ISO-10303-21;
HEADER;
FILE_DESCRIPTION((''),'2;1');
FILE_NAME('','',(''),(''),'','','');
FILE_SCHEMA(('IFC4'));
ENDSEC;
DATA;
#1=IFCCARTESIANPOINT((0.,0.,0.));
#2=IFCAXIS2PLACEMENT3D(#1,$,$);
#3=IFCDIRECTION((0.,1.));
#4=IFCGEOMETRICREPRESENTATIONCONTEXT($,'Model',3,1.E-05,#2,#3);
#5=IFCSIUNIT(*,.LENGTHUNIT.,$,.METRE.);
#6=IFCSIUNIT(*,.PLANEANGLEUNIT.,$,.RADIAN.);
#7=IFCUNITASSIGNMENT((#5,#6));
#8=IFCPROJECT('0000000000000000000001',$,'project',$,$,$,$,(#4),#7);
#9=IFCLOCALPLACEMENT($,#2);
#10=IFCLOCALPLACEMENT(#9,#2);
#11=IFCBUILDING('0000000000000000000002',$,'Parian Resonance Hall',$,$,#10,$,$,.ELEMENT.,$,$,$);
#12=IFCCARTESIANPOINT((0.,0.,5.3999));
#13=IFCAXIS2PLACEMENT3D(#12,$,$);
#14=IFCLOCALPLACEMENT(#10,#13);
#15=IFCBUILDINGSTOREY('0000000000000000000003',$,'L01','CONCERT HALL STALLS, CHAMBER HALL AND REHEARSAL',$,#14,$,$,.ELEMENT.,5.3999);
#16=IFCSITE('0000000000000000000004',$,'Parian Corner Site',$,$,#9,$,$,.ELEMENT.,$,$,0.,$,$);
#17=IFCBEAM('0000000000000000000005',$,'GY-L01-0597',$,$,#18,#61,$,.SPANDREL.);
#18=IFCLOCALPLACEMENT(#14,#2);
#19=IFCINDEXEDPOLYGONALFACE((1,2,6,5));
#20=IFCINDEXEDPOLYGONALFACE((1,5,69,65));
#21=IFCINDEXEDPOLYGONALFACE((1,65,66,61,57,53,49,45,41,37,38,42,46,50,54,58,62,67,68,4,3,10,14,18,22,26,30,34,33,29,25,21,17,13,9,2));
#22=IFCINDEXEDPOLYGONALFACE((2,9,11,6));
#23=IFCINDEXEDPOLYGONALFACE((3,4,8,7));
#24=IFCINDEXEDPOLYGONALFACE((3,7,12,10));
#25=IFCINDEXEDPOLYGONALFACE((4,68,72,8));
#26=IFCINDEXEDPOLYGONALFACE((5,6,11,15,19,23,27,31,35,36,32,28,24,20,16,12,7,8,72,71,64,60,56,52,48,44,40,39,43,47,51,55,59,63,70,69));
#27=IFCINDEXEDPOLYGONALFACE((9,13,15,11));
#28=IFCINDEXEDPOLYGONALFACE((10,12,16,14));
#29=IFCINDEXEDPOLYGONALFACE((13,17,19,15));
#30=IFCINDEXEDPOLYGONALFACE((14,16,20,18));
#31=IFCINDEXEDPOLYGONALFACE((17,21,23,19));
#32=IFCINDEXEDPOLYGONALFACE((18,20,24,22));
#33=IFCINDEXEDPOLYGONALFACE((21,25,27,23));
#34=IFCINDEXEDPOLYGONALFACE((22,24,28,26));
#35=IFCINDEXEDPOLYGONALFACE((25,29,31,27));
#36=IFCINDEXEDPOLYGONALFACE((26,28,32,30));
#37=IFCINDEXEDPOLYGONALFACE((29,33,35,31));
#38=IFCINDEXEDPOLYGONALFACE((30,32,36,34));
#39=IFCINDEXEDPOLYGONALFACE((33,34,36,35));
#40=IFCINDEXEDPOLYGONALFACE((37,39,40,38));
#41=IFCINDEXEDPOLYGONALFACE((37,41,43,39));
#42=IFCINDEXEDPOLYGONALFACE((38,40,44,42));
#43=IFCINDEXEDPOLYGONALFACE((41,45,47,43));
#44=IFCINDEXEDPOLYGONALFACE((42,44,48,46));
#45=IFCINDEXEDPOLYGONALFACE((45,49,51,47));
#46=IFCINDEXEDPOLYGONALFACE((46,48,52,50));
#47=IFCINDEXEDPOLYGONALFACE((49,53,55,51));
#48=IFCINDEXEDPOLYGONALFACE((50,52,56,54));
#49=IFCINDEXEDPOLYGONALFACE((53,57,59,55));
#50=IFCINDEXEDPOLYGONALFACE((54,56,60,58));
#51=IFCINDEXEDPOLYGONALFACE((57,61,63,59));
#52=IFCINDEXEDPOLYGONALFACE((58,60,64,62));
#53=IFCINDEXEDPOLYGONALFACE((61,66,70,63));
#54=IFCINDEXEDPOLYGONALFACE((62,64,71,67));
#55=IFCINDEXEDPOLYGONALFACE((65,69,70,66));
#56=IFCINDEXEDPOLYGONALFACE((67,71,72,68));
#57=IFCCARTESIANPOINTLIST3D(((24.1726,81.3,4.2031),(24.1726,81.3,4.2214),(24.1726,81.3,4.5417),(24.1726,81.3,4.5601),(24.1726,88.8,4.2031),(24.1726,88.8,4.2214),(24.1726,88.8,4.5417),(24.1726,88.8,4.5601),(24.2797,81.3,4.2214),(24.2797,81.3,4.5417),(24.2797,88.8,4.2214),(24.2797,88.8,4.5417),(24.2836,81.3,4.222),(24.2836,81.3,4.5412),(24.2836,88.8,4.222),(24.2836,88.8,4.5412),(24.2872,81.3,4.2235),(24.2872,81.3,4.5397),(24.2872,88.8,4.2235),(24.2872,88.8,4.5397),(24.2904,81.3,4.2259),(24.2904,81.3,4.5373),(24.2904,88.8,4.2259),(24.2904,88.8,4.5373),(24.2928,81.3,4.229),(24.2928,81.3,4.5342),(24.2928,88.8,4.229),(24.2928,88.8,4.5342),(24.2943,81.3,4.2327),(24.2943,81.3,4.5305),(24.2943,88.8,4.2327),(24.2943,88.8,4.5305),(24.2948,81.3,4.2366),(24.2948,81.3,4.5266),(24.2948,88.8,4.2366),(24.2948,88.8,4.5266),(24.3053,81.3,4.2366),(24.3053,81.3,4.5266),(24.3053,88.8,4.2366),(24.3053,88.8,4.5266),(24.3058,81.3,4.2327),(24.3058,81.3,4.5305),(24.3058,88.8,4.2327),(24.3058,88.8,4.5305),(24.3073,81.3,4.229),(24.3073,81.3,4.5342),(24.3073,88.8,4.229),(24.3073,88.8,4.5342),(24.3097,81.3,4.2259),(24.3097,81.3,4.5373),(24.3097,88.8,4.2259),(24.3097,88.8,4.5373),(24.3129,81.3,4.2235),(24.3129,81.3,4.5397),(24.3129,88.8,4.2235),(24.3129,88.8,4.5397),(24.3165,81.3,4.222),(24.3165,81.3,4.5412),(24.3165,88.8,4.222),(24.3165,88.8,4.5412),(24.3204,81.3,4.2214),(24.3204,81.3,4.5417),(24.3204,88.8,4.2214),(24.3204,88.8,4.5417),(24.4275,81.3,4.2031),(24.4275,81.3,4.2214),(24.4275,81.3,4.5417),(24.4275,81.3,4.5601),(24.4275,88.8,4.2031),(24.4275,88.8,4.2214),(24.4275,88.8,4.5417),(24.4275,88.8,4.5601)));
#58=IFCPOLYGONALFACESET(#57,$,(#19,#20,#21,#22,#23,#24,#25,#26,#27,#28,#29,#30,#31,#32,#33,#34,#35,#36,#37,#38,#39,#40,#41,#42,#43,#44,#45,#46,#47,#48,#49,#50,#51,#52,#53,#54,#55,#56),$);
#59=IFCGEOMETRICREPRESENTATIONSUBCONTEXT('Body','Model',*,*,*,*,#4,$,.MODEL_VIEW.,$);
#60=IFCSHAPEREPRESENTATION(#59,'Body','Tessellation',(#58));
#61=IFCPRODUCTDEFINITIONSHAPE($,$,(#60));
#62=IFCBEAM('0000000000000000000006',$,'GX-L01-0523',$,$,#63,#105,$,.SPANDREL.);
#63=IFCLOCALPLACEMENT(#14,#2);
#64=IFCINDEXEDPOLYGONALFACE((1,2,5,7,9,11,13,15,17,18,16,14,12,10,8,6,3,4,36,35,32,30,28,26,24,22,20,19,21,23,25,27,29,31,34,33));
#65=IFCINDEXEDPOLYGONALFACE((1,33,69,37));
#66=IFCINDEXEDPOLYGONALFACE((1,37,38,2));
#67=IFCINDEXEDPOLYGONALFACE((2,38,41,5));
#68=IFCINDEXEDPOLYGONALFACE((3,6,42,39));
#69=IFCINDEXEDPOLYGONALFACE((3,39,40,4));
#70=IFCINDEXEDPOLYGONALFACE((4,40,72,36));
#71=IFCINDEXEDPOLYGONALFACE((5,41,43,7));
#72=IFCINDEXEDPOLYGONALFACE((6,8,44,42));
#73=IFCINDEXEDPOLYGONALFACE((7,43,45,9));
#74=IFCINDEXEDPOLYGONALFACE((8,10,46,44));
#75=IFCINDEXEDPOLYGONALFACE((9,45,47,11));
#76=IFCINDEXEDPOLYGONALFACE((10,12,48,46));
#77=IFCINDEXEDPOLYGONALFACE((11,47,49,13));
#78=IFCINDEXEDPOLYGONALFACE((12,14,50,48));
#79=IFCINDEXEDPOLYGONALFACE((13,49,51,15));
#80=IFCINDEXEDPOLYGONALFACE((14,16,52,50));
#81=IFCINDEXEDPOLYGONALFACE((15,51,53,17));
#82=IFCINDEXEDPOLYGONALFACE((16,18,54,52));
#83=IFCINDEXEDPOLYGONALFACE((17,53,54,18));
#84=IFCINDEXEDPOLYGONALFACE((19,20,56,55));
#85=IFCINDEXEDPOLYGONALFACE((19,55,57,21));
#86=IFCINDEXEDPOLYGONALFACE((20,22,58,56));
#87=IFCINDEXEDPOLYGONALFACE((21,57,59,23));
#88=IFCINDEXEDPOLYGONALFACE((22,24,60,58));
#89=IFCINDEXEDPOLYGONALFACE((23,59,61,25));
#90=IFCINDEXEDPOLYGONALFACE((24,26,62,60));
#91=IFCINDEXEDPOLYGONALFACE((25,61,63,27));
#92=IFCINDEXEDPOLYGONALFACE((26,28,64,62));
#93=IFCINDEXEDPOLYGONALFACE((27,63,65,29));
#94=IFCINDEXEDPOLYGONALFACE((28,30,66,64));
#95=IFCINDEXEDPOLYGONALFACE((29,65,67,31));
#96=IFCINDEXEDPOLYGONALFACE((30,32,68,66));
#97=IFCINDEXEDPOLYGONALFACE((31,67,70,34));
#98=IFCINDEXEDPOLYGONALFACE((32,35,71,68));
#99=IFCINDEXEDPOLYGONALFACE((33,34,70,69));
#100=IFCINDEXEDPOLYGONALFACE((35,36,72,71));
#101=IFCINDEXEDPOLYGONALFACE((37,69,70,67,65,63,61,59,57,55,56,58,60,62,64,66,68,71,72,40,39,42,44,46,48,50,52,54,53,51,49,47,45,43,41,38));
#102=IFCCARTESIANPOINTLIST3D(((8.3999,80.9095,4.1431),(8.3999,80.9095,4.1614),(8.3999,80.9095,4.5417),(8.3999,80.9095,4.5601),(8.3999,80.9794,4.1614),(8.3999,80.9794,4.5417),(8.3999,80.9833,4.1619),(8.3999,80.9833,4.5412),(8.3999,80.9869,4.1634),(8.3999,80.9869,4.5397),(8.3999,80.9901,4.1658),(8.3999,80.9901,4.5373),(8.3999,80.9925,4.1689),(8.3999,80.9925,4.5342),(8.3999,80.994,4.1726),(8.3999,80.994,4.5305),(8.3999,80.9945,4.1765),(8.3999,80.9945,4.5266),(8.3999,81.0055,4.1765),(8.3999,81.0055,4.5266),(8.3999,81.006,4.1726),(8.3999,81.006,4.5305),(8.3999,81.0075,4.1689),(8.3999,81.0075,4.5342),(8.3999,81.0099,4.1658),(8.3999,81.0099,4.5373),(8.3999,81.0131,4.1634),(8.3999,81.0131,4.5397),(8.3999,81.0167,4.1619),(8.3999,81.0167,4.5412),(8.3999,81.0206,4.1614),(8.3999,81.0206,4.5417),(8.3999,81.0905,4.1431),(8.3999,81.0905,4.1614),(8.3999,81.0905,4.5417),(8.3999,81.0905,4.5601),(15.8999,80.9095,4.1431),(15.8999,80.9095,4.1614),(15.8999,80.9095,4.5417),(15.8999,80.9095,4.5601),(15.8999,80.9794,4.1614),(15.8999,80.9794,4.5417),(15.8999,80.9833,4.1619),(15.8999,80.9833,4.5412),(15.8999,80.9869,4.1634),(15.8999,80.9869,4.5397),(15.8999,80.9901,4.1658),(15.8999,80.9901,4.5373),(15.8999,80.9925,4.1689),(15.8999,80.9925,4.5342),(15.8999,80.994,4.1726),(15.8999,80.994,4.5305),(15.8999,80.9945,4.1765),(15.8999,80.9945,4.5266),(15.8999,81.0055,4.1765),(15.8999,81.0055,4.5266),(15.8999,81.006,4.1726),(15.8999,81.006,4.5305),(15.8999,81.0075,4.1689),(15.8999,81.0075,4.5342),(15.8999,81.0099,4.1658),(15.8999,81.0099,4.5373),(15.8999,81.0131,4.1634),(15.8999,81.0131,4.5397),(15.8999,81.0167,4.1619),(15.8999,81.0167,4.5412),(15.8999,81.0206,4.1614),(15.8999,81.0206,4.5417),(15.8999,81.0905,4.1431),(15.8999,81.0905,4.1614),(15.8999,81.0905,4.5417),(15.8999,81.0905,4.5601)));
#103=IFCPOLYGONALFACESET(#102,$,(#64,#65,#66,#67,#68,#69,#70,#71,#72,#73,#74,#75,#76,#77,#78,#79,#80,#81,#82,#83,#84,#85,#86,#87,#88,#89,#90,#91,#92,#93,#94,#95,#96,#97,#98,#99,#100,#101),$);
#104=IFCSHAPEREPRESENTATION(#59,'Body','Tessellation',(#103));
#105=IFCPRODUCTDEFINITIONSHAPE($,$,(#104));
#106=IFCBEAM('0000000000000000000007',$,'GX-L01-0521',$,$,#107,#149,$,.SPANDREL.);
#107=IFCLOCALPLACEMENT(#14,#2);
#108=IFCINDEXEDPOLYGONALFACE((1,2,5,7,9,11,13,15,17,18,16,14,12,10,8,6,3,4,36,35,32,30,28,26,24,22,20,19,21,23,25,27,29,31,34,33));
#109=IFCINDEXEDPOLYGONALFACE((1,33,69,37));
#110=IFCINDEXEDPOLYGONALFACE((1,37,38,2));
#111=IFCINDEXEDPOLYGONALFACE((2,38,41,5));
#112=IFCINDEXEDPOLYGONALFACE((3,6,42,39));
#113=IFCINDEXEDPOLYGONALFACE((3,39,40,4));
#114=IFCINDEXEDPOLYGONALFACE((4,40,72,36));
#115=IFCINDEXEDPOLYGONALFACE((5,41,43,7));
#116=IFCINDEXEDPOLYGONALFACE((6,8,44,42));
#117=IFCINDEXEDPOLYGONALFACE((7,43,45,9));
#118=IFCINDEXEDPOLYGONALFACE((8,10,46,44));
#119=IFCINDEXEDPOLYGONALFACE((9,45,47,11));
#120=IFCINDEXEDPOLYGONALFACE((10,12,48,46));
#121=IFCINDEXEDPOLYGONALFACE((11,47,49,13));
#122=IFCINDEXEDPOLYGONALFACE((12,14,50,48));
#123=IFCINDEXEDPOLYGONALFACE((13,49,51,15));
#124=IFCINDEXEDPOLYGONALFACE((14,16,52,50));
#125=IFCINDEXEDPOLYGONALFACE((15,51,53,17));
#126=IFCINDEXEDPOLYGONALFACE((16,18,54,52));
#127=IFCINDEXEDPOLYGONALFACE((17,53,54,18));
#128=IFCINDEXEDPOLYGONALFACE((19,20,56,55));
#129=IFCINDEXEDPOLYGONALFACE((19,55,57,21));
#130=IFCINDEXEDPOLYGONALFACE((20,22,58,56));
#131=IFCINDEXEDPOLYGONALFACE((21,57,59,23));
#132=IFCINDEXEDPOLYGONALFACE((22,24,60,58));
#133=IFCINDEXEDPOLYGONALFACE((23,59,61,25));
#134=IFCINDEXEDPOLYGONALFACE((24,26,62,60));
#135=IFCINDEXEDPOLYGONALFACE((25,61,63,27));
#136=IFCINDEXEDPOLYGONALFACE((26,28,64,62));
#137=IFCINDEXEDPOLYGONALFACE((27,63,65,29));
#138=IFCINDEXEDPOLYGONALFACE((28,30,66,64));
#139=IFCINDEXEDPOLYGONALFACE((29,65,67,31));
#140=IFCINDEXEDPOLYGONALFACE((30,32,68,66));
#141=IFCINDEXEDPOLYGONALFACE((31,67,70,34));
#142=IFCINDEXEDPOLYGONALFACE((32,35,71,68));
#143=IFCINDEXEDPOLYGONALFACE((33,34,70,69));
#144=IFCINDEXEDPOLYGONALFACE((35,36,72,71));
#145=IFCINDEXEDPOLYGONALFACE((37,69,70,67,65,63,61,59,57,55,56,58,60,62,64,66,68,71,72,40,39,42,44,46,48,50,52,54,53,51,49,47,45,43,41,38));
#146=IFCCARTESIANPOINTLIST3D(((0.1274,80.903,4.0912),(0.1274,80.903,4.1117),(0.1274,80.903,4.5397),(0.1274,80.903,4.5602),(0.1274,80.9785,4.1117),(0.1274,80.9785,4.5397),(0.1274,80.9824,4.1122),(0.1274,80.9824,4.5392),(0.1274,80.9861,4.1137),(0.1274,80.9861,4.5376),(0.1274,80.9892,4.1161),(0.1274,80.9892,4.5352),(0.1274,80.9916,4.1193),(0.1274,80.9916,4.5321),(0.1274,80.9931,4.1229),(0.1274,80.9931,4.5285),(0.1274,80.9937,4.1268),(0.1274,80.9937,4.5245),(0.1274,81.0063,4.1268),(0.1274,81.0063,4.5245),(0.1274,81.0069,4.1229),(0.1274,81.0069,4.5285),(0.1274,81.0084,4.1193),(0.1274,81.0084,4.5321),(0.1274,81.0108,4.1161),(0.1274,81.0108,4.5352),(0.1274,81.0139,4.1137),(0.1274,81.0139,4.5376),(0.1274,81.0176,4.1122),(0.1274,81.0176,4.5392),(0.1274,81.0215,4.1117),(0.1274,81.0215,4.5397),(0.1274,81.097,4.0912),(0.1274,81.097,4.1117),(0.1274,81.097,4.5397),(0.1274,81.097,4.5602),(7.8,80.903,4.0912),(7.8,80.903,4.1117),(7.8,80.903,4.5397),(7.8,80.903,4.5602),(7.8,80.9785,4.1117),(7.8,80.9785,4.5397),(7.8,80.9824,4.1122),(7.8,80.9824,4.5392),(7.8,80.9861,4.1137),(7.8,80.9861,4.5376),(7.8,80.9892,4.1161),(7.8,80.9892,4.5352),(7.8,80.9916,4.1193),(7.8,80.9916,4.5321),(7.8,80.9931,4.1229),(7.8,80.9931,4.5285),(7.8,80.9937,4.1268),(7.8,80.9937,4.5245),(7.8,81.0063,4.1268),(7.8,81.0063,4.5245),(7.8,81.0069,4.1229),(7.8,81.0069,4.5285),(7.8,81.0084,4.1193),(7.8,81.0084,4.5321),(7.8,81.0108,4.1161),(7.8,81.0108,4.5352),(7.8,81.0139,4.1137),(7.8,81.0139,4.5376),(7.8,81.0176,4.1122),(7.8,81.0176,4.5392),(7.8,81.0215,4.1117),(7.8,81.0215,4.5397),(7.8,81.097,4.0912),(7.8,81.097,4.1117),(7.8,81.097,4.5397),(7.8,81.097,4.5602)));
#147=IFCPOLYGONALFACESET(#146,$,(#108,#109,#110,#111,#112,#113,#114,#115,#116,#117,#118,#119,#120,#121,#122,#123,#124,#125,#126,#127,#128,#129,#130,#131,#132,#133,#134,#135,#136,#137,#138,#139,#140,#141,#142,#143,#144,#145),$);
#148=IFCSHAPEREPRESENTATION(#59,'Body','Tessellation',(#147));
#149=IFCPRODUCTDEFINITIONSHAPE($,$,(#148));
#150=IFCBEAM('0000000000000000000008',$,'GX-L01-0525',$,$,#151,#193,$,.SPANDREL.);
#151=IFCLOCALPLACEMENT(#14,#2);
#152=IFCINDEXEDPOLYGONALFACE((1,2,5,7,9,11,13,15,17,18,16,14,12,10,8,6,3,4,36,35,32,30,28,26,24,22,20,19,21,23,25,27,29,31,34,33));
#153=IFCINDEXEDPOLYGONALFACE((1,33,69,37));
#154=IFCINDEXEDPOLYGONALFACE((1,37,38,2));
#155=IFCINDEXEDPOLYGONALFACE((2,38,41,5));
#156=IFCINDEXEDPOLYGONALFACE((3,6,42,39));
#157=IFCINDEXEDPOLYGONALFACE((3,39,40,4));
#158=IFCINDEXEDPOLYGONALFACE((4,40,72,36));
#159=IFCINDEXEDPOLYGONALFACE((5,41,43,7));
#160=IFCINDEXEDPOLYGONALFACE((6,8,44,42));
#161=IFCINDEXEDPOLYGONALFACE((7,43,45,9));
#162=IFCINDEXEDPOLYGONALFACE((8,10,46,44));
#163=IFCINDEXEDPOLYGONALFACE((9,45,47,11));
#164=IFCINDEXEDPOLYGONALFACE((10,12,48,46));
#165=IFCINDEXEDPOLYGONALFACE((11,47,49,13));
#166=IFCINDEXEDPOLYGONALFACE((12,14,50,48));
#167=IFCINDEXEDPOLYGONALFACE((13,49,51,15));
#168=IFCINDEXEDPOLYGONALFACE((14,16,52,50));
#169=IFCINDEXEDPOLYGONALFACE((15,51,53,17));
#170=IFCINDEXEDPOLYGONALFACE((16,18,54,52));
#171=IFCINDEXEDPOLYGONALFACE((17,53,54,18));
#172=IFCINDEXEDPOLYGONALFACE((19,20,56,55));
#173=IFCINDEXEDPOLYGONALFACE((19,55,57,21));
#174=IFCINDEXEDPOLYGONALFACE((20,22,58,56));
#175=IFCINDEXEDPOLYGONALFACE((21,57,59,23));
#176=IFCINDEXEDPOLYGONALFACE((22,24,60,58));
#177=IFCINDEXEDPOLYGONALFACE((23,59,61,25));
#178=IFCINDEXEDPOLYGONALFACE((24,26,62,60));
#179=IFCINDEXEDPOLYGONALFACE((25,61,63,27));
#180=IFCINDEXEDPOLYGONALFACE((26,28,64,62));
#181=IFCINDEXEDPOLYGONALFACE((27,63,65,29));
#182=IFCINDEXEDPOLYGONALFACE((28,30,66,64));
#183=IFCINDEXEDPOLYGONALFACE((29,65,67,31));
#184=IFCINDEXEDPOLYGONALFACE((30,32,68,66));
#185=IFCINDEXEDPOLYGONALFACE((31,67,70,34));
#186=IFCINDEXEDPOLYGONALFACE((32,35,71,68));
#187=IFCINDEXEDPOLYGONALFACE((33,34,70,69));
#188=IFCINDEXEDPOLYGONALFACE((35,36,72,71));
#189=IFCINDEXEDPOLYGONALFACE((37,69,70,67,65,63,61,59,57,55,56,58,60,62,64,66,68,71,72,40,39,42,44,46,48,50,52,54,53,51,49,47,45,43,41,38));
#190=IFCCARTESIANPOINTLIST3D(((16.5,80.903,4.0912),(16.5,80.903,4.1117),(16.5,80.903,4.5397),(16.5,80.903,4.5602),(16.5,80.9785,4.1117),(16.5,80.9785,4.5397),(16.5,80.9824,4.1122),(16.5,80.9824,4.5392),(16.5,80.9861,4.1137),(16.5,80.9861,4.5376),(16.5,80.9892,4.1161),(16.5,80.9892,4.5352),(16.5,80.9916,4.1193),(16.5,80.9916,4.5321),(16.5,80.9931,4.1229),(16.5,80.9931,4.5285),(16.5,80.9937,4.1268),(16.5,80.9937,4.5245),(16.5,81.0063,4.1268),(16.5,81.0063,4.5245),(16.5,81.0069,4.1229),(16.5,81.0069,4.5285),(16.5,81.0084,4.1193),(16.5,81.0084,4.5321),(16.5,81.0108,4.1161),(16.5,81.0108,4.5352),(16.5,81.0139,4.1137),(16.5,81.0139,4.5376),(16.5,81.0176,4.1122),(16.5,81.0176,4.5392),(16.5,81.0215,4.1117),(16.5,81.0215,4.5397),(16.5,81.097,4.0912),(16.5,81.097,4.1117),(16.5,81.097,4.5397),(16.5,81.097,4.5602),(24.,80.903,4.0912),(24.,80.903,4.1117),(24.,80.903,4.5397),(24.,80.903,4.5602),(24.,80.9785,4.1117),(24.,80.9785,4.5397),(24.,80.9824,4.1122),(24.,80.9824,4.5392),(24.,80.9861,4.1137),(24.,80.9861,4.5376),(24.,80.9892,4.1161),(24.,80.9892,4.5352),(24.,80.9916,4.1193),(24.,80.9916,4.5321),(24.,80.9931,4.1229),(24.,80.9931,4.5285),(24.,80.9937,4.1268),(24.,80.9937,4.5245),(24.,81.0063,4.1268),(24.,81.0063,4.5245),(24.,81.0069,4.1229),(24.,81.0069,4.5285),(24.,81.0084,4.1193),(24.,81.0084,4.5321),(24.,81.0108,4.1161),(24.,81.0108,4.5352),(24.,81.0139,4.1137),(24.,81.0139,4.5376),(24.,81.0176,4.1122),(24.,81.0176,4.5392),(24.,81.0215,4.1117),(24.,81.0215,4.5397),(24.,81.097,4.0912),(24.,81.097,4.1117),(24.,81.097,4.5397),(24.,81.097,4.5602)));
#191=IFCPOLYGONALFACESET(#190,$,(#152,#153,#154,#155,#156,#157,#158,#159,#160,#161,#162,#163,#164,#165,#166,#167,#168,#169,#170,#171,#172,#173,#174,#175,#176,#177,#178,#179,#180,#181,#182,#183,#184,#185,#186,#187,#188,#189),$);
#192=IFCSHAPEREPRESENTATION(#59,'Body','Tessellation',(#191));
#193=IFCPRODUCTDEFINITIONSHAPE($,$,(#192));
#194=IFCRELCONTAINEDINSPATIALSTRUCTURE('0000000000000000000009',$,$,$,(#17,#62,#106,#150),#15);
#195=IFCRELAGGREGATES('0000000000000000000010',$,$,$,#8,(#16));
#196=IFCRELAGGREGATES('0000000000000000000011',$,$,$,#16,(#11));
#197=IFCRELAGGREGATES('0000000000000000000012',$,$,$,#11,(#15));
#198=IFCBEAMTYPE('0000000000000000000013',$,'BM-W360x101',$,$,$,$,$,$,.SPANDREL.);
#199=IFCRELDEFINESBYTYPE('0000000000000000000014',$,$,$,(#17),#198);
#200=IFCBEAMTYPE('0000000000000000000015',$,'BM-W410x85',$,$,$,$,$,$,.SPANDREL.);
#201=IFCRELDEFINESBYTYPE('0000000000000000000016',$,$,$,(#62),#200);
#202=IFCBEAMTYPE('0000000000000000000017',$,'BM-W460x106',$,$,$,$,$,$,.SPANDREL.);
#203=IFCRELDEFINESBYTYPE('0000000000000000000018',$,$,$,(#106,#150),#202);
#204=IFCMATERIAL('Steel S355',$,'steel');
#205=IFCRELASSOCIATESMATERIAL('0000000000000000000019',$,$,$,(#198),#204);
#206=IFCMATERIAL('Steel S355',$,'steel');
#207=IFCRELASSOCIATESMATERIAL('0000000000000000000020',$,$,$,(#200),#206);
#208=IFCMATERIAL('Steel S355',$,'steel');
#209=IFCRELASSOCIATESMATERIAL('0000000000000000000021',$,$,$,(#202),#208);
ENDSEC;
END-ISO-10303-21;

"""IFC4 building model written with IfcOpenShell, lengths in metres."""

from ifc_helpers import new_model, si_unit, direction, frame, origin, origin_2d, place, context, subcontext, project, spatial, i_section, extrude, material, material_profile, profile_set, type_object, element, save


model = new_model("IFC4")

# Units and contexts
model_context = context("Model", 3, precision=1e-05, world=origin(), true_north=direction((0.0, 1.0)))
body_context = subcontext(model_context, "Body", "Model", "MODEL_VIEW")
ifc_project = project(units=[si_unit("LENGTHUNIT", "METRE"), si_unit("PLANEANGLEUNIT", "RADIAN")], contexts=[model_context])

# Site, building, storey
site_placement = place(None, origin())
site = spatial("IfcSite", under=ifc_project, at=site_placement, Name="Parian Corner Site", CompositionType="ELEMENT", RefElevation=0.0)
building_placement = place(site_placement, origin())
building = spatial("IfcBuilding", under=site, at=building_placement, Name="Parian Resonance Hall", CompositionType="ELEMENT")
storey_placement = place(building_placement, frame((0.0, 0.0, 5.3999)))
storey = spatial("IfcBuildingStorey", under=building, at=storey_placement, Name="L01", Description="CONCERT HALL STALLS, CHAMBER HALL AND REHEARSAL", CompositionType="ELEMENT", Elevation=5.3999)

# Beams
ifc_material_1 = material(Name="Steel S355", Category="steel")
ifc_material_profile_1 = material_profile(ifc_material_1, i_section(OverallWidth=0.2549, OverallDepth=0.3569, WebThickness=0.0105, FlangeThickness=0.0183, FilletRadius=0.0151, at=origin_2d()), Name="W360x101")
ifc_profile_set_1 = profile_set([ifc_material_profile_1], Name="Steel S355")
beam_type_1 = type_object("IfcBeamType", Name="BM-W360x101", PredefinedType="SPANDREL", material=ifc_profile_set_1)
beam_1_placement = place(storey_placement, frame((24.3, 81.3, 4.3816), z_axis=(0.0, 1.0, 0.0), x_axis=(-1.0, 0.0, 0.0)))
element("IfcBeam", 1, at=beam_1_placement, inside=storey, type_object=beam_type_1, Name="GY-L01-0597", PredefinedType="SPANDREL", context=body_context, shape_type="SweptSolid", body=[
    extrude(i_section(OverallWidth=0.2549, OverallDepth=0.3569, WebThickness=0.0105, FlangeThickness=0.0183, FilletRadius=0.0151, at=origin_2d()), origin(), (0.0, 0.0, 1.0), 7.5),
])
ifc_material_2 = material(Name="Steel S355", Category="steel")
ifc_material_profile_2 = material_profile(ifc_material_2, i_section(OverallWidth=0.1809, OverallDepth=0.417, WebThickness=0.011, FlangeThickness=0.0183, FilletRadius=0.0151, at=origin_2d()), Name="W410x85")
ifc_profile_set_2 = profile_set([ifc_material_profile_2], Name="Steel S355")
beam_type_2 = type_object("IfcBeamType", Name="BM-W410x85", PredefinedType="SPANDREL", material=ifc_profile_set_2)
beam_2_placement = place(storey_placement, frame((8.3999, 81.0, 4.3516), z_axis=(1.0, 0.0, 0.0), x_axis=(0.0, 1.0, 0.0)))
element("IfcBeam", 2, at=beam_2_placement, inside=storey, type_object=beam_type_2, Name="GX-L01-0523", PredefinedType="SPANDREL", context=body_context, shape_type="SweptSolid", body=[
    extrude(i_section(OverallWidth=0.1809, OverallDepth=0.417, WebThickness=0.011, FlangeThickness=0.0183, FilletRadius=0.0151, at=origin_2d()), origin(), (0.0, 0.0, 1.0), 7.5),
])
ifc_material_3 = material(Name="Steel S355", Category="steel")
ifc_material_profile_3 = material_profile(ifc_material_3, i_section(OverallWidth=0.1941, OverallDepth=0.469, WebThickness=0.0127, FlangeThickness=0.0205, FilletRadius=0.0151, at=origin_2d()), Name="W460x106")
ifc_profile_set_3 = profile_set([ifc_material_profile_3], Name="Steel S355")
beam_type_3 = type_object("IfcBeamType", Name="BM-W460x106", PredefinedType="SPANDREL", material=ifc_profile_set_3)
beam_3_placement = place(storey_placement, frame((0.1274, 81.0, 4.3257), z_axis=(1.0, 0.0, 0.0), x_axis=(0.0, 1.0, 0.0)))
element("IfcBeam", 3, at=beam_3_placement, inside=storey, type_object=beam_type_3, Name="GX-L01-0521", PredefinedType="SPANDREL", context=body_context, shape_type="SweptSolid", body=[
    extrude(i_section(OverallWidth=0.1941, OverallDepth=0.469, WebThickness=0.0127, FlangeThickness=0.0205, FilletRadius=0.0151, at=origin_2d()), origin(), (0.0, 0.0, 1.0), 7.6726),
])
beam_4_placement = place(storey_placement, frame((16.5, 81.0, 4.3257), z_axis=(1.0, 0.0, 0.0), x_axis=(0.0, 1.0, 0.0)))
element("IfcBeam", 4, at=beam_4_placement, inside=storey, type_object=beam_type_3, Name="GX-L01-0525", PredefinedType="SPANDREL", context=body_context, shape_type="SweptSolid", body=[
    extrude(i_section(OverallWidth=0.1941, OverallDepth=0.469, WebThickness=0.0127, FlangeThickness=0.0205, FilletRadius=0.0151, at=origin_2d()), origin(), (0.0, 0.0, 1.0), 7.5),
])

save(model, "model.ifc")
